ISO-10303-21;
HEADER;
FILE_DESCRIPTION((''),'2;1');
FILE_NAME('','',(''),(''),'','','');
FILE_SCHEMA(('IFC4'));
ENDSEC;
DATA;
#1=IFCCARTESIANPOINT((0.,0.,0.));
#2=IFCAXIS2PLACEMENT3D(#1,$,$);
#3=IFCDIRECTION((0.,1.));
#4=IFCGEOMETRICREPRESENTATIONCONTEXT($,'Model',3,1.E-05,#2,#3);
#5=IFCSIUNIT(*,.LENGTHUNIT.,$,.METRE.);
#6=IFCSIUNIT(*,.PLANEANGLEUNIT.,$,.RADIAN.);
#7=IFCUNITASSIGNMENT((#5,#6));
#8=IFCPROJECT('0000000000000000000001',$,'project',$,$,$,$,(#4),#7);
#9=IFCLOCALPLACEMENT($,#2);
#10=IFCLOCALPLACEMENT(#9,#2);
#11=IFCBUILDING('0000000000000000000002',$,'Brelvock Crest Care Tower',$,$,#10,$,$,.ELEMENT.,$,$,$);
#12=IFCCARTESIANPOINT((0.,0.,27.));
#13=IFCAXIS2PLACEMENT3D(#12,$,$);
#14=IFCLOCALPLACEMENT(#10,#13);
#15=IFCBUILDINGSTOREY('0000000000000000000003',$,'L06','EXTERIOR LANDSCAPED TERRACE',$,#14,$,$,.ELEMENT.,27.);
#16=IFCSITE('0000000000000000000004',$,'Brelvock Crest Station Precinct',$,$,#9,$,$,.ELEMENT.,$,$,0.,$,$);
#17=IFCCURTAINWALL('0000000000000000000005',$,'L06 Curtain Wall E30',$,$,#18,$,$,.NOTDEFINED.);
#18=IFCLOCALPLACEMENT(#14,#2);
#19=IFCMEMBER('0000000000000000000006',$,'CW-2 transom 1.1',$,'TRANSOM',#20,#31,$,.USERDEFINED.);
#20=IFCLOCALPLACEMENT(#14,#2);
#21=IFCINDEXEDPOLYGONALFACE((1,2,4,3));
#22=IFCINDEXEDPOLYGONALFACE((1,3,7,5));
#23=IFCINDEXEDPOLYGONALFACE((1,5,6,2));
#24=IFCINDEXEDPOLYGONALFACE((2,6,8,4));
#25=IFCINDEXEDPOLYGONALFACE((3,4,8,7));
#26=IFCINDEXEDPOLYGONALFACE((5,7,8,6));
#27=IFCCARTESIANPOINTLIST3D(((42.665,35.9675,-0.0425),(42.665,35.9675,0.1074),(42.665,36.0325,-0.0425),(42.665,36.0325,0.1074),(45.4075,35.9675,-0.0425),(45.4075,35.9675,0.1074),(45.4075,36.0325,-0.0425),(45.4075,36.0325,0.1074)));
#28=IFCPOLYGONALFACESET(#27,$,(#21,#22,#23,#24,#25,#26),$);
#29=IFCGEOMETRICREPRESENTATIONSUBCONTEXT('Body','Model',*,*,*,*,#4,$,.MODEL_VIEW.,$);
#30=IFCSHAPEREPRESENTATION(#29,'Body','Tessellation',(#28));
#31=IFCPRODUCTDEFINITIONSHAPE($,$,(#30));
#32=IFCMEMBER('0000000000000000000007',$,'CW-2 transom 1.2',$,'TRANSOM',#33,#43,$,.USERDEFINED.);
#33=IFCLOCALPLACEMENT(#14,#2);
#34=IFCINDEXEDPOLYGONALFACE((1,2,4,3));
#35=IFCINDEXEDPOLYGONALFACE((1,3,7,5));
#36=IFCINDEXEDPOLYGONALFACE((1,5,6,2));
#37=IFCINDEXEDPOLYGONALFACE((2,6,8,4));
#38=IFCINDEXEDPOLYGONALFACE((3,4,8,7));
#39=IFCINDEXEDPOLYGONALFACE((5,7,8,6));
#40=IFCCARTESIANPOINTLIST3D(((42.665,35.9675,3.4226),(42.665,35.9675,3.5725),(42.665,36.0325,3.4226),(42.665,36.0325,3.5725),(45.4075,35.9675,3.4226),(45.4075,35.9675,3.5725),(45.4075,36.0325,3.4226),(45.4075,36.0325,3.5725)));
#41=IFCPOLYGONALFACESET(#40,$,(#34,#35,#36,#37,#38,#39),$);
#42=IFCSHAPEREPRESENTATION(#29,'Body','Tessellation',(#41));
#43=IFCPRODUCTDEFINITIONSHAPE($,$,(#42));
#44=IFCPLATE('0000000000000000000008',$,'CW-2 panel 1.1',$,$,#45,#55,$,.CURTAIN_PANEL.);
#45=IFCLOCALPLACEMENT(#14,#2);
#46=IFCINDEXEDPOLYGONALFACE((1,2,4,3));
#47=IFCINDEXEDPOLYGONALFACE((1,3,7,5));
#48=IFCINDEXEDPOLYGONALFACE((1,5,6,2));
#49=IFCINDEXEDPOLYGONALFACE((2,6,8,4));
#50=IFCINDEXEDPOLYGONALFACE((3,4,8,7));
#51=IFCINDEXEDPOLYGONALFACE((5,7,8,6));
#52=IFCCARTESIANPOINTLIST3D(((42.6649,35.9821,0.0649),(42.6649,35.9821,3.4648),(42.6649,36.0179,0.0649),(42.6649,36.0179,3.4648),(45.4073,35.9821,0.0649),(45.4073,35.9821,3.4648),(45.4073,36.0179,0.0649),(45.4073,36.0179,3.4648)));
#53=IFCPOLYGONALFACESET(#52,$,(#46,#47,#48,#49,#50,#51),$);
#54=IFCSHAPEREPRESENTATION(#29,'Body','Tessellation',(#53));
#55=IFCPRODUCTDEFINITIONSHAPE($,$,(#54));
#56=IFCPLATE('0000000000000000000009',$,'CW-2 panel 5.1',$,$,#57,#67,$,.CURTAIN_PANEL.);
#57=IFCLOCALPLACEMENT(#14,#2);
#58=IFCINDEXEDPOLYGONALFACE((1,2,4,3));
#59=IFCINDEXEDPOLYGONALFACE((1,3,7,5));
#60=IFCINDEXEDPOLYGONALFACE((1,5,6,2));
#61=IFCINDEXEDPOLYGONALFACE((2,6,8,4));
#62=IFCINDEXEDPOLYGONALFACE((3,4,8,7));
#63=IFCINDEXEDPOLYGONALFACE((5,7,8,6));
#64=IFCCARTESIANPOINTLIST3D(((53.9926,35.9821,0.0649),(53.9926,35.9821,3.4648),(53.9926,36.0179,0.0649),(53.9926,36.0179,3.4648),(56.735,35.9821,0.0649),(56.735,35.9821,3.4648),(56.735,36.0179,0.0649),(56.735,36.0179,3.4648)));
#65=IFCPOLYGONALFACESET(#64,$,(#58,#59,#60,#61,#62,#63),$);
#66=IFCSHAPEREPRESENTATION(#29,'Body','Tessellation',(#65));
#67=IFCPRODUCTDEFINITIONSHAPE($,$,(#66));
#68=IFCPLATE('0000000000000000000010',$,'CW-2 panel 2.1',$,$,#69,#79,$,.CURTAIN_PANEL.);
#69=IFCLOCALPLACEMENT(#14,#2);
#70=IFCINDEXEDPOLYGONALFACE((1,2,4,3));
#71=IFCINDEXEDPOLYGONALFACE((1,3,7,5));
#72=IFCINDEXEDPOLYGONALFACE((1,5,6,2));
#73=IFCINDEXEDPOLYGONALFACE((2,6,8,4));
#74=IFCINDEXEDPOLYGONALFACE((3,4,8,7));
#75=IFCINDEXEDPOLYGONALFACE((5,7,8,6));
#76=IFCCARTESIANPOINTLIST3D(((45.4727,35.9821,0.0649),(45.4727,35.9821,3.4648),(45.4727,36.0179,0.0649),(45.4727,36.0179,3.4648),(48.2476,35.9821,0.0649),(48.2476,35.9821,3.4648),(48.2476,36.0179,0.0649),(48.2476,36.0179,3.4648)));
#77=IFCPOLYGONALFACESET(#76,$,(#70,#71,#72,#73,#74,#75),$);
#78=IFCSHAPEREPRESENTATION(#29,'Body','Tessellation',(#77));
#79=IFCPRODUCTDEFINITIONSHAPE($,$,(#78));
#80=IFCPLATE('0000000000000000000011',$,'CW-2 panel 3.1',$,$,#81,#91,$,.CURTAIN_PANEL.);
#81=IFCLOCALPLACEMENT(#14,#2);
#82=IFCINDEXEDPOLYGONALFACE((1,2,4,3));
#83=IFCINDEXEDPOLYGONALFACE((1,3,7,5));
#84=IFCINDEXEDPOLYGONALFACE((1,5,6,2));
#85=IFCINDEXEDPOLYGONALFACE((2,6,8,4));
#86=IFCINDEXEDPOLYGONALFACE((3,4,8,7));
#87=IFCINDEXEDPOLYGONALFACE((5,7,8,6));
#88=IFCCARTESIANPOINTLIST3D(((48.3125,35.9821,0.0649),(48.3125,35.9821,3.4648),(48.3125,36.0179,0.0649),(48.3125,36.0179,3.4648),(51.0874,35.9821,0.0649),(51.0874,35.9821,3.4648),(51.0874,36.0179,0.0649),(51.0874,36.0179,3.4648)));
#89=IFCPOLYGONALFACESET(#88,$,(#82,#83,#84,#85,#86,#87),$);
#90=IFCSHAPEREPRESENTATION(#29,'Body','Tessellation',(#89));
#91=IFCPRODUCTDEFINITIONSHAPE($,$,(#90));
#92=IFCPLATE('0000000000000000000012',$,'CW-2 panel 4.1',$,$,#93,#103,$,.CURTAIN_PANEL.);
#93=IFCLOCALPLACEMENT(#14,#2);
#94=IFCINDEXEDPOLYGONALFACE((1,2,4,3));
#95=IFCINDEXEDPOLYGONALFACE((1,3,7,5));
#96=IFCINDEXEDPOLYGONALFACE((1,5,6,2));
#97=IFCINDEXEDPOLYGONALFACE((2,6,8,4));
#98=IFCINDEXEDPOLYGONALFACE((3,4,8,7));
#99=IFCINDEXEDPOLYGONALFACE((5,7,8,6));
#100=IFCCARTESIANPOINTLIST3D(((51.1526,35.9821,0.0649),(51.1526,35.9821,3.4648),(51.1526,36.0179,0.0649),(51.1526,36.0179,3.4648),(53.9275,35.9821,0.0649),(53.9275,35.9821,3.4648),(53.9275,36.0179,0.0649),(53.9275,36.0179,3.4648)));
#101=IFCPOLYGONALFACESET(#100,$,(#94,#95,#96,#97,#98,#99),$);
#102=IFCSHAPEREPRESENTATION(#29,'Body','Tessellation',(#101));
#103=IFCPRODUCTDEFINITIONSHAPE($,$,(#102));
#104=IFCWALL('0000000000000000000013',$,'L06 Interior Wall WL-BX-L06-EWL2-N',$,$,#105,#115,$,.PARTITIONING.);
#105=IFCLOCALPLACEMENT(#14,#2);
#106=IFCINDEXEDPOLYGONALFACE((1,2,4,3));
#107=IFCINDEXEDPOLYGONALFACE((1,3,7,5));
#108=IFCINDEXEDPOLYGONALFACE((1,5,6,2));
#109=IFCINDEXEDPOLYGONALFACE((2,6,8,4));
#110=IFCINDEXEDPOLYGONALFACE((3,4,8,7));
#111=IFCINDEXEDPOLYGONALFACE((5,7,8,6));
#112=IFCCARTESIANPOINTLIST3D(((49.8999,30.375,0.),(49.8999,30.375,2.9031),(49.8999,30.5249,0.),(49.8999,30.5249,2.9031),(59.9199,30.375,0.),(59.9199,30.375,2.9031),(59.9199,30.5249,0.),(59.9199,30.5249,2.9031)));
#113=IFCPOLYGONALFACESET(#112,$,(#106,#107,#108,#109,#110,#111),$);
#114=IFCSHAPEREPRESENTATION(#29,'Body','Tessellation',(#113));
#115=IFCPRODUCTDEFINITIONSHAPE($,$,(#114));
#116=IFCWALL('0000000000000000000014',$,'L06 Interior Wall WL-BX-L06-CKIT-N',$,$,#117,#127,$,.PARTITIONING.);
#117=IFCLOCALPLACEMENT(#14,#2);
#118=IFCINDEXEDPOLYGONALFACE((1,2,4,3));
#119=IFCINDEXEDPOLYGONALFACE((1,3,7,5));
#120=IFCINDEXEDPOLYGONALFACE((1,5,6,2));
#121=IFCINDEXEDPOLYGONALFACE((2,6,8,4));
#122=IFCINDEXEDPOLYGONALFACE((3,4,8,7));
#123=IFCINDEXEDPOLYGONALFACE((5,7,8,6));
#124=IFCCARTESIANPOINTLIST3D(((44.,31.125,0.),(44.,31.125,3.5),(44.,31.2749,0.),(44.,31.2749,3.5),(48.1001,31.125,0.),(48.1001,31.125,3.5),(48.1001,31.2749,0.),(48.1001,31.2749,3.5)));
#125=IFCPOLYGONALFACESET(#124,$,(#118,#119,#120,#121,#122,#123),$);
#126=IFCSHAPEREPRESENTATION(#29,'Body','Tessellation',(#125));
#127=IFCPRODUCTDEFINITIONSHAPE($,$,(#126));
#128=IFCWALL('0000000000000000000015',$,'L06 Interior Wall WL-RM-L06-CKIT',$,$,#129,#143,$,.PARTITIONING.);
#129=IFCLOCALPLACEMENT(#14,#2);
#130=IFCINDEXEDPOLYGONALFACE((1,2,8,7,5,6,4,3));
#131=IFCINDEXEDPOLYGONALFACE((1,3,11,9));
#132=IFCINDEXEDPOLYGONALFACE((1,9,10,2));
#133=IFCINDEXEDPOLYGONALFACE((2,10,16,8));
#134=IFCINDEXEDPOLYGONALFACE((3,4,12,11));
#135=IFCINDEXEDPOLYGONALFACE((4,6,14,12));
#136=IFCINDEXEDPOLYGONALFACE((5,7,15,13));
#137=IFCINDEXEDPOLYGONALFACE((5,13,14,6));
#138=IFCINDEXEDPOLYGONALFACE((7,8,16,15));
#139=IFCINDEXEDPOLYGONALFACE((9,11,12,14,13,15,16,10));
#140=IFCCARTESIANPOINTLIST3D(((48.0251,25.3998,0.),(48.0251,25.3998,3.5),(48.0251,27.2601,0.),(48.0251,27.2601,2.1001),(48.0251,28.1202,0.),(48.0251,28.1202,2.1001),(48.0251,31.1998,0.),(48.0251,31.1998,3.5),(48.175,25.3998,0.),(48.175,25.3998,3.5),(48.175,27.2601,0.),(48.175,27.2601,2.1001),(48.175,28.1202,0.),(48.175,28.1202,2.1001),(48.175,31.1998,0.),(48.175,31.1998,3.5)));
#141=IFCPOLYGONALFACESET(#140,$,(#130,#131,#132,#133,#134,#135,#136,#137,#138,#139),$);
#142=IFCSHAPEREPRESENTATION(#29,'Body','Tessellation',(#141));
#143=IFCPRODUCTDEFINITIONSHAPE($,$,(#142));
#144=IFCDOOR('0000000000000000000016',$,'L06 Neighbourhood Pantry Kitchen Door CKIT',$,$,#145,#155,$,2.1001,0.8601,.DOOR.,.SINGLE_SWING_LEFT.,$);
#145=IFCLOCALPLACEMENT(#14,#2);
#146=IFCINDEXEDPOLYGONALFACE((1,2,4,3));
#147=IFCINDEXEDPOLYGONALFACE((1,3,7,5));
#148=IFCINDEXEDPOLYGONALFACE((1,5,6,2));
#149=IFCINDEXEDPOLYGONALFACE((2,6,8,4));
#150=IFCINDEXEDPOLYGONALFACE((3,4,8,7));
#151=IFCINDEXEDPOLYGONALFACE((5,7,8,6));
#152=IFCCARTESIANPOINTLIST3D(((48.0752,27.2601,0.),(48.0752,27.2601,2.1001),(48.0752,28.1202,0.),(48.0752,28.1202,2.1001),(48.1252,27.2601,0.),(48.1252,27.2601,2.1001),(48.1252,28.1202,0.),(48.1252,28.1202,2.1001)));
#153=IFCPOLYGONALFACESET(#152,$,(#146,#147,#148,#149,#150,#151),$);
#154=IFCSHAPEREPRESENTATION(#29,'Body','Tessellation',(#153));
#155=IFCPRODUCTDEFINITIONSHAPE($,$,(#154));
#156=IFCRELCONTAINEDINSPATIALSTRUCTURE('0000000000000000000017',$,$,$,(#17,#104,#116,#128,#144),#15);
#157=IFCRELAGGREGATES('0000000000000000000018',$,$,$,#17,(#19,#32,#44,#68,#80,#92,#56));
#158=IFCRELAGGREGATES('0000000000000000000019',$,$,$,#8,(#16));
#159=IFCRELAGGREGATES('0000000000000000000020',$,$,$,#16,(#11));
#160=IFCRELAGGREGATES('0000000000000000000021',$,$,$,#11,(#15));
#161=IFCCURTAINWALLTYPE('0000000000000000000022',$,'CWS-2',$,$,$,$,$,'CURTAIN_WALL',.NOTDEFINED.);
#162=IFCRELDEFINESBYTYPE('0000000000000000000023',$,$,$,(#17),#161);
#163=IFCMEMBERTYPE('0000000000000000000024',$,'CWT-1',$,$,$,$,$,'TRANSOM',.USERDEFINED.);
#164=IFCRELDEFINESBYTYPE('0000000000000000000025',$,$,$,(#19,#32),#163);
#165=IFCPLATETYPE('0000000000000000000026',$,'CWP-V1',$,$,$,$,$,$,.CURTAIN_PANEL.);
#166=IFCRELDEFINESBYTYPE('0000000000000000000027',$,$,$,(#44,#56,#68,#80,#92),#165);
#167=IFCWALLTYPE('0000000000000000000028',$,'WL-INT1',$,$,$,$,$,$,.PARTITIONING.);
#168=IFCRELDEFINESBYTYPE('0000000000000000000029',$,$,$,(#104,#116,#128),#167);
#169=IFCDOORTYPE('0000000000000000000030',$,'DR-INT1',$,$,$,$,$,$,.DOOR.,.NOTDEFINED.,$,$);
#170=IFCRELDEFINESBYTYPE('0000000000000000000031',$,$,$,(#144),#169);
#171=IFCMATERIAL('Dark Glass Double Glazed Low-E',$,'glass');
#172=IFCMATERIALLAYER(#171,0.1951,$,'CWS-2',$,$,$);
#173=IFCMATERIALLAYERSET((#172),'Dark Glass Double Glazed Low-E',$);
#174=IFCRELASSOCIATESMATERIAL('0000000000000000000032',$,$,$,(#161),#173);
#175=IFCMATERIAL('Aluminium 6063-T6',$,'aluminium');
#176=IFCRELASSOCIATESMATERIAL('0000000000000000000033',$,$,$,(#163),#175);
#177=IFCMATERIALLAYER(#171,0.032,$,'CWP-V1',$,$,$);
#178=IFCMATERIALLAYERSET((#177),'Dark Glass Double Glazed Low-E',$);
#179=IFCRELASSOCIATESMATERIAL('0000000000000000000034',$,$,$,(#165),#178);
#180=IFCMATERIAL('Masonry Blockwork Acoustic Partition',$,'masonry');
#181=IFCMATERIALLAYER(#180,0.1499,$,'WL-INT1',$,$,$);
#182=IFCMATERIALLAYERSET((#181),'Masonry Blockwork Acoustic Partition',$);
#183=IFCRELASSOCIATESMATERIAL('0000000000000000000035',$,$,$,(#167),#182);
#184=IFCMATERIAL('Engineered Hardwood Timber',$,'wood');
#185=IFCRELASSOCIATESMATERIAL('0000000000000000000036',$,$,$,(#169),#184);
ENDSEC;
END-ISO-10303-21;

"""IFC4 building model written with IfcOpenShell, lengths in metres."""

from ifc_helpers import new_model, si_unit, direction, frame, frame_2d, origin, origin_2d, place, context, subcontext, project, spatial, rectangle, extrude, source, transform, mapped, material, layer, layer_set, material_profile, profile_set, type_object, element, fill, aggregate, save


model = new_model("IFC4")

# Units and contexts
model_context = context("Model", 3, precision=1e-05, world=origin(), true_north=direction((0.0, 1.0)))
body_context = subcontext(model_context, "Body", "Model", "MODEL_VIEW")
ifc_project = project(units=[si_unit("LENGTHUNIT", "METRE"), si_unit("PLANEANGLEUNIT", "RADIAN")], contexts=[model_context])

# Site, building, storey
site_placement = place(None, origin())
site = spatial("IfcSite", under=ifc_project, at=site_placement, Name="Brelvock Crest Station Precinct", CompositionType="ELEMENT", RefElevation=0.0)
building_placement = place(site_placement, origin())
building = spatial("IfcBuilding", under=site, at=building_placement, Name="Brelvock Crest Care Tower", CompositionType="ELEMENT")
storey_placement = place(building_placement, frame((0.0, 0.0, 27.0)))
storey = spatial("IfcBuildingStorey", under=building, at=storey_placement, Name="L06", Description="EXTERIOR LANDSCAPED TERRACE", CompositionType="ELEMENT", Elevation=27.0)

# Curtain wall, members, plates
ifc_material_1 = material(Name="Dark Glass Double Glazed Low-E", Category="glass")
ifc_layer_1 = layer(ifc_material_1, 0.1951, Name="CWS-2")
ifc_layer_set_1 = layer_set([ifc_layer_1], Name="Dark Glass Double Glazed Low-E")
curtain_wall_type = type_object("IfcCurtainWallType", Name="CWS-2", ElementType="CURTAIN_WALL", PredefinedType="NOTDEFINED", material=ifc_layer_set_1)
curtain_wall_placement = place(storey_placement, origin())
curtain_wall = element("IfcCurtainWall", 1, at=curtain_wall_placement, inside=storey, type_object=curtain_wall_type, Name="L06 Curtain Wall E30", PredefinedType="NOTDEFINED")
ifc_material_2 = material(Name="Aluminium 6063-T6", Category="aluminium")
ifc_material_profile_1 = material_profile(ifc_material_2, rectangle(XDim=0.0649, YDim=0.1499, at=origin_2d()), Name="ALU65x150")
ifc_profile_set_1 = profile_set([ifc_material_profile_1], Name="Aluminium 6063-T6")
member_type_1 = type_object("IfcMemberType", Name="CWT-1", ElementType="TRANSOM", PredefinedType="USERDEFINED", material=ifc_profile_set_1)
shared_shape_1 = source(origin(), body_context, "Body", "SweptSolid", [
    extrude(rectangle(XDim=0.0649, YDim=0.1499, at=origin_2d()), origin(), (0.0, 0.0, 1.0), 2.7424),
])
member_1_placement = place(storey_placement, frame((42.665, 36.0, 0.0325), z_axis=(1.0, 0.0, 0.0), x_axis=(0.0, 1.0, 0.0)))
member_1 = element("IfcMember", 2, at=member_1_placement, type_object=member_type_1, Name="CW-2 transom 1.1", ObjectType="TRANSOM", PredefinedType="USERDEFINED", context=body_context, shape_type="MappedRepresentation", body=[
    mapped(shared_shape_1, transform((0.0, 0.0, 0.0), x_axis=(1.0, 0.0, 0.0), y_axis=(0.0, 1.0, 0.0), z_axis=(0.0, 0.0, 1.0), scale=1.0)),
])
member_2_placement = place(storey_placement, frame((42.665, 36.0, 3.4976), z_axis=(1.0, 0.0, 0.0), x_axis=(0.0, 1.0, 0.0)))
member_2 = element("IfcMember", 3, at=member_2_placement, type_object=member_type_1, Name="CW-2 transom 1.2", ObjectType="TRANSOM", PredefinedType="USERDEFINED", context=body_context, shape_type="MappedRepresentation", body=[
    mapped(shared_shape_1, transform((0.0, 0.0, 0.0), x_axis=(1.0, 0.0, 0.0), y_axis=(0.0, 1.0, 0.0), z_axis=(0.0, 0.0, 1.0), scale=1.0)),
])
ifc_layer_2 = layer(ifc_material_1, 0.032, Name="CWP-V1")
ifc_layer_set_2 = layer_set([ifc_layer_2], Name="Dark Glass Double Glazed Low-E")
plate_type = type_object("IfcPlateType", Name="CWP-V1", PredefinedType="CURTAIN_PANEL", material=ifc_layer_set_2)
shared_shape_2 = source(origin(), body_context, "Body", "SweptSolid", [
    extrude(rectangle(XDim=2.7424, YDim=0.0359, at=origin_2d()), origin(), (0.0, 0.0, 1.0), 3.3999),
])
plate_1_placement = place(storey_placement, frame((44.0361, 36.0, 0.0649), z_axis=(0.0, 0.0, 1.0), x_axis=(1.0, 0.0, 0.0)))
plate_1 = element("IfcPlate", 4, at=plate_1_placement, type_object=plate_type, Name="CW-2 panel 1.1", PredefinedType="CURTAIN_PANEL", context=body_context, shape_type="MappedRepresentation", body=[
    mapped(shared_shape_2, transform((0.0, 0.0, 0.0), x_axis=(1.0, 0.0, 0.0), y_axis=(0.0, 1.0, 0.0), z_axis=(0.0, 0.0, 1.0), scale=1.0)),
])
plate_2_placement = place(storey_placement, frame((55.3638, 36.0, 0.0649), z_axis=(0.0, 0.0, 1.0), x_axis=(1.0, 0.0, 0.0)))
plate_2 = element("IfcPlate", 5, at=plate_2_placement, type_object=plate_type, Name="CW-2 panel 5.1", PredefinedType="CURTAIN_PANEL", context=body_context, shape_type="MappedRepresentation", body=[
    mapped(shared_shape_2, transform((0.0, 0.0, 0.0), x_axis=(1.0, 0.0, 0.0), y_axis=(0.0, 1.0, 0.0), z_axis=(0.0, 0.0, 1.0), scale=1.0)),
])
shared_shape_3 = source(origin(), body_context, "Body", "SweptSolid", [
    extrude(rectangle(XDim=2.7749, YDim=0.0359, at=origin_2d()), origin(), (0.0, 0.0, 1.0), 3.3999),
])
plate_3_placement = place(storey_placement, frame((46.8601, 36.0, 0.0649), z_axis=(0.0, 0.0, 1.0), x_axis=(1.0, 0.0, 0.0)))
plate_3 = element("IfcPlate", 6, at=plate_3_placement, type_object=plate_type, Name="CW-2 panel 2.1", PredefinedType="CURTAIN_PANEL", context=body_context, shape_type="MappedRepresentation", body=[
    mapped(shared_shape_3, transform((0.0, 0.0, 0.0), x_axis=(1.0, 0.0, 0.0), y_axis=(0.0, 1.0, 0.0), z_axis=(0.0, 0.0, 1.0), scale=1.0)),
])
plate_4_placement = place(storey_placement, frame((49.7, 36.0, 0.0649), z_axis=(0.0, 0.0, 1.0), x_axis=(1.0, 0.0, 0.0)))
plate_4 = element("IfcPlate", 7, at=plate_4_placement, type_object=plate_type, Name="CW-2 panel 3.1", PredefinedType="CURTAIN_PANEL", context=body_context, shape_type="MappedRepresentation", body=[
    mapped(shared_shape_3, transform((0.0, 0.0, 0.0), x_axis=(1.0, 0.0, 0.0), y_axis=(0.0, 1.0, 0.0), z_axis=(0.0, 0.0, 1.0), scale=1.0)),
])
plate_5_placement = place(storey_placement, frame((52.54, 36.0, 0.0649), z_axis=(0.0, 0.0, 1.0), x_axis=(1.0, 0.0, 0.0)))
plate_5 = element("IfcPlate", 8, at=plate_5_placement, type_object=plate_type, Name="CW-2 panel 4.1", PredefinedType="CURTAIN_PANEL", context=body_context, shape_type="MappedRepresentation", body=[
    mapped(shared_shape_3, transform((0.0, 0.0, 0.0), x_axis=(1.0, 0.0, 0.0), y_axis=(0.0, 1.0, 0.0), z_axis=(0.0, 0.0, 1.0), scale=1.0)),
])
aggregate(curtain_wall, [member_1, member_2, plate_1, plate_3, plate_4, plate_5, plate_2])

# Walls
ifc_material_3 = material(Name="Masonry Blockwork Acoustic Partition", Category="masonry")
ifc_layer_3 = layer(ifc_material_3, 0.1499, Name="WL-INT1")
ifc_layer_set_3 = layer_set([ifc_layer_3], Name="Masonry Blockwork Acoustic Partition")
wall_type_1 = type_object("IfcWallType", Name="WL-INT1", PredefinedType="PARTITIONING", material=ifc_layer_set_3)
wall_1_placement = place(storey_placement, frame((49.8999, 30.45, 0.0), z_axis=(0.0, 0.0, 1.0), x_axis=(1.0, 0.0, 0.0)))
element("IfcWall", 9, at=wall_1_placement, inside=storey, type_object=wall_type_1, Name="L06 Interior Wall WL-BX-L06-EWL2-N", PredefinedType="PARTITIONING", context=body_context, shape_type="SweptSolid", body=[
    extrude(rectangle(XDim=10.02, YDim=0.1499, at=frame_2d((5.01, 0.0))), origin(), (0.0, 0.0, 1.0), 2.9031),
])
wall_2_placement = place(storey_placement, frame((44.0, 31.2, 0.0), z_axis=(0.0, 0.0, 1.0), x_axis=(1.0, 0.0, 0.0)))
element("IfcWall", 10, at=wall_2_placement, inside=storey, type_object=wall_type_1, Name="L06 Interior Wall WL-BX-L06-CKIT-N", PredefinedType="PARTITIONING", context=body_context, shape_type="SweptSolid", body=[
    extrude(rectangle(XDim=4.1001, YDim=0.1499, at=frame_2d((2.05, 0.0))), origin(), (0.0, 0.0, 1.0), 3.5),
])

# Wall, opening, door
wall_3_placement = place(storey_placement, frame((48.1001, 25.3999, 0.0), z_axis=(0.0, 0.0, 1.0), x_axis=(0.0, 1.0, 0.0)))
wall_3 = element("IfcWall", 11, at=wall_3_placement, inside=storey, type_object=wall_type_1, Name="L06 Interior Wall WL-RM-L06-CKIT", PredefinedType="PARTITIONING", context=body_context, shape_type="SweptSolid", body=[
    extrude(rectangle(XDim=5.8, YDim=0.1499, at=frame_2d((2.8999, 0.0))), origin(), (0.0, 0.0, 1.0), 3.5),
])
opening_1_placement = place(wall_3_placement, frame((1.8601, 0.0, 0.0)))
opening_1 = element("IfcOpeningElement", 12, at=opening_1_placement, cuts=wall_3, PredefinedType="OPENING", context=body_context, shape_type="SweptSolid", body=[
    extrude(rectangle(XDim=0.8601, YDim=2.1001, at=origin_2d()), frame((0.4302, 0.085, 1.05), z_axis=(0.0, -1.0, 0.0), x_axis=(1.0, 0.0, 0.0)), (0.0, 0.0, 1.0), 0.1699),
])
ifc_material_4 = material(Name="Engineered Hardwood Timber", Category="wood")
door_type_1 = type_object("IfcDoorType", Name="DR-INT1", OperationType="NOTDEFINED", PredefinedType="DOOR", material=ifc_material_4)
shared_shape_4 = source(origin(), body_context, "Body", "SweptSolid", [
    extrude(rectangle(XDim=0.8601, YDim=2.1001, at=origin_2d()), frame((0.4302, 0.0249, 1.05), z_axis=(0.0, -1.0, 0.0), x_axis=(1.0, 0.0, 0.0)), (0.0, 0.0, 1.0), 0.05),
])
door_1_placement = place(opening_1_placement, origin())
door_1 = element("IfcDoor", 13, at=door_1_placement, inside=storey, type_object=door_type_1, Name="L06 Neighbourhood Pantry Kitchen Door CKIT", OperationType="SINGLE_SWING_LEFT", OverallHeight=2.1001, OverallWidth=0.8601, PredefinedType="DOOR", context=body_context, shape_type="MappedRepresentation", body=[
    mapped(shared_shape_4, transform((0.0, 0.0, 0.0), x_axis=(1.0, 0.0, 0.0), y_axis=(0.0, 1.0, 0.0), z_axis=(0.0, 0.0, 1.0), scale=1.0)),
])
fill(opening_1, door_1)

save(model, "model.ifc")
